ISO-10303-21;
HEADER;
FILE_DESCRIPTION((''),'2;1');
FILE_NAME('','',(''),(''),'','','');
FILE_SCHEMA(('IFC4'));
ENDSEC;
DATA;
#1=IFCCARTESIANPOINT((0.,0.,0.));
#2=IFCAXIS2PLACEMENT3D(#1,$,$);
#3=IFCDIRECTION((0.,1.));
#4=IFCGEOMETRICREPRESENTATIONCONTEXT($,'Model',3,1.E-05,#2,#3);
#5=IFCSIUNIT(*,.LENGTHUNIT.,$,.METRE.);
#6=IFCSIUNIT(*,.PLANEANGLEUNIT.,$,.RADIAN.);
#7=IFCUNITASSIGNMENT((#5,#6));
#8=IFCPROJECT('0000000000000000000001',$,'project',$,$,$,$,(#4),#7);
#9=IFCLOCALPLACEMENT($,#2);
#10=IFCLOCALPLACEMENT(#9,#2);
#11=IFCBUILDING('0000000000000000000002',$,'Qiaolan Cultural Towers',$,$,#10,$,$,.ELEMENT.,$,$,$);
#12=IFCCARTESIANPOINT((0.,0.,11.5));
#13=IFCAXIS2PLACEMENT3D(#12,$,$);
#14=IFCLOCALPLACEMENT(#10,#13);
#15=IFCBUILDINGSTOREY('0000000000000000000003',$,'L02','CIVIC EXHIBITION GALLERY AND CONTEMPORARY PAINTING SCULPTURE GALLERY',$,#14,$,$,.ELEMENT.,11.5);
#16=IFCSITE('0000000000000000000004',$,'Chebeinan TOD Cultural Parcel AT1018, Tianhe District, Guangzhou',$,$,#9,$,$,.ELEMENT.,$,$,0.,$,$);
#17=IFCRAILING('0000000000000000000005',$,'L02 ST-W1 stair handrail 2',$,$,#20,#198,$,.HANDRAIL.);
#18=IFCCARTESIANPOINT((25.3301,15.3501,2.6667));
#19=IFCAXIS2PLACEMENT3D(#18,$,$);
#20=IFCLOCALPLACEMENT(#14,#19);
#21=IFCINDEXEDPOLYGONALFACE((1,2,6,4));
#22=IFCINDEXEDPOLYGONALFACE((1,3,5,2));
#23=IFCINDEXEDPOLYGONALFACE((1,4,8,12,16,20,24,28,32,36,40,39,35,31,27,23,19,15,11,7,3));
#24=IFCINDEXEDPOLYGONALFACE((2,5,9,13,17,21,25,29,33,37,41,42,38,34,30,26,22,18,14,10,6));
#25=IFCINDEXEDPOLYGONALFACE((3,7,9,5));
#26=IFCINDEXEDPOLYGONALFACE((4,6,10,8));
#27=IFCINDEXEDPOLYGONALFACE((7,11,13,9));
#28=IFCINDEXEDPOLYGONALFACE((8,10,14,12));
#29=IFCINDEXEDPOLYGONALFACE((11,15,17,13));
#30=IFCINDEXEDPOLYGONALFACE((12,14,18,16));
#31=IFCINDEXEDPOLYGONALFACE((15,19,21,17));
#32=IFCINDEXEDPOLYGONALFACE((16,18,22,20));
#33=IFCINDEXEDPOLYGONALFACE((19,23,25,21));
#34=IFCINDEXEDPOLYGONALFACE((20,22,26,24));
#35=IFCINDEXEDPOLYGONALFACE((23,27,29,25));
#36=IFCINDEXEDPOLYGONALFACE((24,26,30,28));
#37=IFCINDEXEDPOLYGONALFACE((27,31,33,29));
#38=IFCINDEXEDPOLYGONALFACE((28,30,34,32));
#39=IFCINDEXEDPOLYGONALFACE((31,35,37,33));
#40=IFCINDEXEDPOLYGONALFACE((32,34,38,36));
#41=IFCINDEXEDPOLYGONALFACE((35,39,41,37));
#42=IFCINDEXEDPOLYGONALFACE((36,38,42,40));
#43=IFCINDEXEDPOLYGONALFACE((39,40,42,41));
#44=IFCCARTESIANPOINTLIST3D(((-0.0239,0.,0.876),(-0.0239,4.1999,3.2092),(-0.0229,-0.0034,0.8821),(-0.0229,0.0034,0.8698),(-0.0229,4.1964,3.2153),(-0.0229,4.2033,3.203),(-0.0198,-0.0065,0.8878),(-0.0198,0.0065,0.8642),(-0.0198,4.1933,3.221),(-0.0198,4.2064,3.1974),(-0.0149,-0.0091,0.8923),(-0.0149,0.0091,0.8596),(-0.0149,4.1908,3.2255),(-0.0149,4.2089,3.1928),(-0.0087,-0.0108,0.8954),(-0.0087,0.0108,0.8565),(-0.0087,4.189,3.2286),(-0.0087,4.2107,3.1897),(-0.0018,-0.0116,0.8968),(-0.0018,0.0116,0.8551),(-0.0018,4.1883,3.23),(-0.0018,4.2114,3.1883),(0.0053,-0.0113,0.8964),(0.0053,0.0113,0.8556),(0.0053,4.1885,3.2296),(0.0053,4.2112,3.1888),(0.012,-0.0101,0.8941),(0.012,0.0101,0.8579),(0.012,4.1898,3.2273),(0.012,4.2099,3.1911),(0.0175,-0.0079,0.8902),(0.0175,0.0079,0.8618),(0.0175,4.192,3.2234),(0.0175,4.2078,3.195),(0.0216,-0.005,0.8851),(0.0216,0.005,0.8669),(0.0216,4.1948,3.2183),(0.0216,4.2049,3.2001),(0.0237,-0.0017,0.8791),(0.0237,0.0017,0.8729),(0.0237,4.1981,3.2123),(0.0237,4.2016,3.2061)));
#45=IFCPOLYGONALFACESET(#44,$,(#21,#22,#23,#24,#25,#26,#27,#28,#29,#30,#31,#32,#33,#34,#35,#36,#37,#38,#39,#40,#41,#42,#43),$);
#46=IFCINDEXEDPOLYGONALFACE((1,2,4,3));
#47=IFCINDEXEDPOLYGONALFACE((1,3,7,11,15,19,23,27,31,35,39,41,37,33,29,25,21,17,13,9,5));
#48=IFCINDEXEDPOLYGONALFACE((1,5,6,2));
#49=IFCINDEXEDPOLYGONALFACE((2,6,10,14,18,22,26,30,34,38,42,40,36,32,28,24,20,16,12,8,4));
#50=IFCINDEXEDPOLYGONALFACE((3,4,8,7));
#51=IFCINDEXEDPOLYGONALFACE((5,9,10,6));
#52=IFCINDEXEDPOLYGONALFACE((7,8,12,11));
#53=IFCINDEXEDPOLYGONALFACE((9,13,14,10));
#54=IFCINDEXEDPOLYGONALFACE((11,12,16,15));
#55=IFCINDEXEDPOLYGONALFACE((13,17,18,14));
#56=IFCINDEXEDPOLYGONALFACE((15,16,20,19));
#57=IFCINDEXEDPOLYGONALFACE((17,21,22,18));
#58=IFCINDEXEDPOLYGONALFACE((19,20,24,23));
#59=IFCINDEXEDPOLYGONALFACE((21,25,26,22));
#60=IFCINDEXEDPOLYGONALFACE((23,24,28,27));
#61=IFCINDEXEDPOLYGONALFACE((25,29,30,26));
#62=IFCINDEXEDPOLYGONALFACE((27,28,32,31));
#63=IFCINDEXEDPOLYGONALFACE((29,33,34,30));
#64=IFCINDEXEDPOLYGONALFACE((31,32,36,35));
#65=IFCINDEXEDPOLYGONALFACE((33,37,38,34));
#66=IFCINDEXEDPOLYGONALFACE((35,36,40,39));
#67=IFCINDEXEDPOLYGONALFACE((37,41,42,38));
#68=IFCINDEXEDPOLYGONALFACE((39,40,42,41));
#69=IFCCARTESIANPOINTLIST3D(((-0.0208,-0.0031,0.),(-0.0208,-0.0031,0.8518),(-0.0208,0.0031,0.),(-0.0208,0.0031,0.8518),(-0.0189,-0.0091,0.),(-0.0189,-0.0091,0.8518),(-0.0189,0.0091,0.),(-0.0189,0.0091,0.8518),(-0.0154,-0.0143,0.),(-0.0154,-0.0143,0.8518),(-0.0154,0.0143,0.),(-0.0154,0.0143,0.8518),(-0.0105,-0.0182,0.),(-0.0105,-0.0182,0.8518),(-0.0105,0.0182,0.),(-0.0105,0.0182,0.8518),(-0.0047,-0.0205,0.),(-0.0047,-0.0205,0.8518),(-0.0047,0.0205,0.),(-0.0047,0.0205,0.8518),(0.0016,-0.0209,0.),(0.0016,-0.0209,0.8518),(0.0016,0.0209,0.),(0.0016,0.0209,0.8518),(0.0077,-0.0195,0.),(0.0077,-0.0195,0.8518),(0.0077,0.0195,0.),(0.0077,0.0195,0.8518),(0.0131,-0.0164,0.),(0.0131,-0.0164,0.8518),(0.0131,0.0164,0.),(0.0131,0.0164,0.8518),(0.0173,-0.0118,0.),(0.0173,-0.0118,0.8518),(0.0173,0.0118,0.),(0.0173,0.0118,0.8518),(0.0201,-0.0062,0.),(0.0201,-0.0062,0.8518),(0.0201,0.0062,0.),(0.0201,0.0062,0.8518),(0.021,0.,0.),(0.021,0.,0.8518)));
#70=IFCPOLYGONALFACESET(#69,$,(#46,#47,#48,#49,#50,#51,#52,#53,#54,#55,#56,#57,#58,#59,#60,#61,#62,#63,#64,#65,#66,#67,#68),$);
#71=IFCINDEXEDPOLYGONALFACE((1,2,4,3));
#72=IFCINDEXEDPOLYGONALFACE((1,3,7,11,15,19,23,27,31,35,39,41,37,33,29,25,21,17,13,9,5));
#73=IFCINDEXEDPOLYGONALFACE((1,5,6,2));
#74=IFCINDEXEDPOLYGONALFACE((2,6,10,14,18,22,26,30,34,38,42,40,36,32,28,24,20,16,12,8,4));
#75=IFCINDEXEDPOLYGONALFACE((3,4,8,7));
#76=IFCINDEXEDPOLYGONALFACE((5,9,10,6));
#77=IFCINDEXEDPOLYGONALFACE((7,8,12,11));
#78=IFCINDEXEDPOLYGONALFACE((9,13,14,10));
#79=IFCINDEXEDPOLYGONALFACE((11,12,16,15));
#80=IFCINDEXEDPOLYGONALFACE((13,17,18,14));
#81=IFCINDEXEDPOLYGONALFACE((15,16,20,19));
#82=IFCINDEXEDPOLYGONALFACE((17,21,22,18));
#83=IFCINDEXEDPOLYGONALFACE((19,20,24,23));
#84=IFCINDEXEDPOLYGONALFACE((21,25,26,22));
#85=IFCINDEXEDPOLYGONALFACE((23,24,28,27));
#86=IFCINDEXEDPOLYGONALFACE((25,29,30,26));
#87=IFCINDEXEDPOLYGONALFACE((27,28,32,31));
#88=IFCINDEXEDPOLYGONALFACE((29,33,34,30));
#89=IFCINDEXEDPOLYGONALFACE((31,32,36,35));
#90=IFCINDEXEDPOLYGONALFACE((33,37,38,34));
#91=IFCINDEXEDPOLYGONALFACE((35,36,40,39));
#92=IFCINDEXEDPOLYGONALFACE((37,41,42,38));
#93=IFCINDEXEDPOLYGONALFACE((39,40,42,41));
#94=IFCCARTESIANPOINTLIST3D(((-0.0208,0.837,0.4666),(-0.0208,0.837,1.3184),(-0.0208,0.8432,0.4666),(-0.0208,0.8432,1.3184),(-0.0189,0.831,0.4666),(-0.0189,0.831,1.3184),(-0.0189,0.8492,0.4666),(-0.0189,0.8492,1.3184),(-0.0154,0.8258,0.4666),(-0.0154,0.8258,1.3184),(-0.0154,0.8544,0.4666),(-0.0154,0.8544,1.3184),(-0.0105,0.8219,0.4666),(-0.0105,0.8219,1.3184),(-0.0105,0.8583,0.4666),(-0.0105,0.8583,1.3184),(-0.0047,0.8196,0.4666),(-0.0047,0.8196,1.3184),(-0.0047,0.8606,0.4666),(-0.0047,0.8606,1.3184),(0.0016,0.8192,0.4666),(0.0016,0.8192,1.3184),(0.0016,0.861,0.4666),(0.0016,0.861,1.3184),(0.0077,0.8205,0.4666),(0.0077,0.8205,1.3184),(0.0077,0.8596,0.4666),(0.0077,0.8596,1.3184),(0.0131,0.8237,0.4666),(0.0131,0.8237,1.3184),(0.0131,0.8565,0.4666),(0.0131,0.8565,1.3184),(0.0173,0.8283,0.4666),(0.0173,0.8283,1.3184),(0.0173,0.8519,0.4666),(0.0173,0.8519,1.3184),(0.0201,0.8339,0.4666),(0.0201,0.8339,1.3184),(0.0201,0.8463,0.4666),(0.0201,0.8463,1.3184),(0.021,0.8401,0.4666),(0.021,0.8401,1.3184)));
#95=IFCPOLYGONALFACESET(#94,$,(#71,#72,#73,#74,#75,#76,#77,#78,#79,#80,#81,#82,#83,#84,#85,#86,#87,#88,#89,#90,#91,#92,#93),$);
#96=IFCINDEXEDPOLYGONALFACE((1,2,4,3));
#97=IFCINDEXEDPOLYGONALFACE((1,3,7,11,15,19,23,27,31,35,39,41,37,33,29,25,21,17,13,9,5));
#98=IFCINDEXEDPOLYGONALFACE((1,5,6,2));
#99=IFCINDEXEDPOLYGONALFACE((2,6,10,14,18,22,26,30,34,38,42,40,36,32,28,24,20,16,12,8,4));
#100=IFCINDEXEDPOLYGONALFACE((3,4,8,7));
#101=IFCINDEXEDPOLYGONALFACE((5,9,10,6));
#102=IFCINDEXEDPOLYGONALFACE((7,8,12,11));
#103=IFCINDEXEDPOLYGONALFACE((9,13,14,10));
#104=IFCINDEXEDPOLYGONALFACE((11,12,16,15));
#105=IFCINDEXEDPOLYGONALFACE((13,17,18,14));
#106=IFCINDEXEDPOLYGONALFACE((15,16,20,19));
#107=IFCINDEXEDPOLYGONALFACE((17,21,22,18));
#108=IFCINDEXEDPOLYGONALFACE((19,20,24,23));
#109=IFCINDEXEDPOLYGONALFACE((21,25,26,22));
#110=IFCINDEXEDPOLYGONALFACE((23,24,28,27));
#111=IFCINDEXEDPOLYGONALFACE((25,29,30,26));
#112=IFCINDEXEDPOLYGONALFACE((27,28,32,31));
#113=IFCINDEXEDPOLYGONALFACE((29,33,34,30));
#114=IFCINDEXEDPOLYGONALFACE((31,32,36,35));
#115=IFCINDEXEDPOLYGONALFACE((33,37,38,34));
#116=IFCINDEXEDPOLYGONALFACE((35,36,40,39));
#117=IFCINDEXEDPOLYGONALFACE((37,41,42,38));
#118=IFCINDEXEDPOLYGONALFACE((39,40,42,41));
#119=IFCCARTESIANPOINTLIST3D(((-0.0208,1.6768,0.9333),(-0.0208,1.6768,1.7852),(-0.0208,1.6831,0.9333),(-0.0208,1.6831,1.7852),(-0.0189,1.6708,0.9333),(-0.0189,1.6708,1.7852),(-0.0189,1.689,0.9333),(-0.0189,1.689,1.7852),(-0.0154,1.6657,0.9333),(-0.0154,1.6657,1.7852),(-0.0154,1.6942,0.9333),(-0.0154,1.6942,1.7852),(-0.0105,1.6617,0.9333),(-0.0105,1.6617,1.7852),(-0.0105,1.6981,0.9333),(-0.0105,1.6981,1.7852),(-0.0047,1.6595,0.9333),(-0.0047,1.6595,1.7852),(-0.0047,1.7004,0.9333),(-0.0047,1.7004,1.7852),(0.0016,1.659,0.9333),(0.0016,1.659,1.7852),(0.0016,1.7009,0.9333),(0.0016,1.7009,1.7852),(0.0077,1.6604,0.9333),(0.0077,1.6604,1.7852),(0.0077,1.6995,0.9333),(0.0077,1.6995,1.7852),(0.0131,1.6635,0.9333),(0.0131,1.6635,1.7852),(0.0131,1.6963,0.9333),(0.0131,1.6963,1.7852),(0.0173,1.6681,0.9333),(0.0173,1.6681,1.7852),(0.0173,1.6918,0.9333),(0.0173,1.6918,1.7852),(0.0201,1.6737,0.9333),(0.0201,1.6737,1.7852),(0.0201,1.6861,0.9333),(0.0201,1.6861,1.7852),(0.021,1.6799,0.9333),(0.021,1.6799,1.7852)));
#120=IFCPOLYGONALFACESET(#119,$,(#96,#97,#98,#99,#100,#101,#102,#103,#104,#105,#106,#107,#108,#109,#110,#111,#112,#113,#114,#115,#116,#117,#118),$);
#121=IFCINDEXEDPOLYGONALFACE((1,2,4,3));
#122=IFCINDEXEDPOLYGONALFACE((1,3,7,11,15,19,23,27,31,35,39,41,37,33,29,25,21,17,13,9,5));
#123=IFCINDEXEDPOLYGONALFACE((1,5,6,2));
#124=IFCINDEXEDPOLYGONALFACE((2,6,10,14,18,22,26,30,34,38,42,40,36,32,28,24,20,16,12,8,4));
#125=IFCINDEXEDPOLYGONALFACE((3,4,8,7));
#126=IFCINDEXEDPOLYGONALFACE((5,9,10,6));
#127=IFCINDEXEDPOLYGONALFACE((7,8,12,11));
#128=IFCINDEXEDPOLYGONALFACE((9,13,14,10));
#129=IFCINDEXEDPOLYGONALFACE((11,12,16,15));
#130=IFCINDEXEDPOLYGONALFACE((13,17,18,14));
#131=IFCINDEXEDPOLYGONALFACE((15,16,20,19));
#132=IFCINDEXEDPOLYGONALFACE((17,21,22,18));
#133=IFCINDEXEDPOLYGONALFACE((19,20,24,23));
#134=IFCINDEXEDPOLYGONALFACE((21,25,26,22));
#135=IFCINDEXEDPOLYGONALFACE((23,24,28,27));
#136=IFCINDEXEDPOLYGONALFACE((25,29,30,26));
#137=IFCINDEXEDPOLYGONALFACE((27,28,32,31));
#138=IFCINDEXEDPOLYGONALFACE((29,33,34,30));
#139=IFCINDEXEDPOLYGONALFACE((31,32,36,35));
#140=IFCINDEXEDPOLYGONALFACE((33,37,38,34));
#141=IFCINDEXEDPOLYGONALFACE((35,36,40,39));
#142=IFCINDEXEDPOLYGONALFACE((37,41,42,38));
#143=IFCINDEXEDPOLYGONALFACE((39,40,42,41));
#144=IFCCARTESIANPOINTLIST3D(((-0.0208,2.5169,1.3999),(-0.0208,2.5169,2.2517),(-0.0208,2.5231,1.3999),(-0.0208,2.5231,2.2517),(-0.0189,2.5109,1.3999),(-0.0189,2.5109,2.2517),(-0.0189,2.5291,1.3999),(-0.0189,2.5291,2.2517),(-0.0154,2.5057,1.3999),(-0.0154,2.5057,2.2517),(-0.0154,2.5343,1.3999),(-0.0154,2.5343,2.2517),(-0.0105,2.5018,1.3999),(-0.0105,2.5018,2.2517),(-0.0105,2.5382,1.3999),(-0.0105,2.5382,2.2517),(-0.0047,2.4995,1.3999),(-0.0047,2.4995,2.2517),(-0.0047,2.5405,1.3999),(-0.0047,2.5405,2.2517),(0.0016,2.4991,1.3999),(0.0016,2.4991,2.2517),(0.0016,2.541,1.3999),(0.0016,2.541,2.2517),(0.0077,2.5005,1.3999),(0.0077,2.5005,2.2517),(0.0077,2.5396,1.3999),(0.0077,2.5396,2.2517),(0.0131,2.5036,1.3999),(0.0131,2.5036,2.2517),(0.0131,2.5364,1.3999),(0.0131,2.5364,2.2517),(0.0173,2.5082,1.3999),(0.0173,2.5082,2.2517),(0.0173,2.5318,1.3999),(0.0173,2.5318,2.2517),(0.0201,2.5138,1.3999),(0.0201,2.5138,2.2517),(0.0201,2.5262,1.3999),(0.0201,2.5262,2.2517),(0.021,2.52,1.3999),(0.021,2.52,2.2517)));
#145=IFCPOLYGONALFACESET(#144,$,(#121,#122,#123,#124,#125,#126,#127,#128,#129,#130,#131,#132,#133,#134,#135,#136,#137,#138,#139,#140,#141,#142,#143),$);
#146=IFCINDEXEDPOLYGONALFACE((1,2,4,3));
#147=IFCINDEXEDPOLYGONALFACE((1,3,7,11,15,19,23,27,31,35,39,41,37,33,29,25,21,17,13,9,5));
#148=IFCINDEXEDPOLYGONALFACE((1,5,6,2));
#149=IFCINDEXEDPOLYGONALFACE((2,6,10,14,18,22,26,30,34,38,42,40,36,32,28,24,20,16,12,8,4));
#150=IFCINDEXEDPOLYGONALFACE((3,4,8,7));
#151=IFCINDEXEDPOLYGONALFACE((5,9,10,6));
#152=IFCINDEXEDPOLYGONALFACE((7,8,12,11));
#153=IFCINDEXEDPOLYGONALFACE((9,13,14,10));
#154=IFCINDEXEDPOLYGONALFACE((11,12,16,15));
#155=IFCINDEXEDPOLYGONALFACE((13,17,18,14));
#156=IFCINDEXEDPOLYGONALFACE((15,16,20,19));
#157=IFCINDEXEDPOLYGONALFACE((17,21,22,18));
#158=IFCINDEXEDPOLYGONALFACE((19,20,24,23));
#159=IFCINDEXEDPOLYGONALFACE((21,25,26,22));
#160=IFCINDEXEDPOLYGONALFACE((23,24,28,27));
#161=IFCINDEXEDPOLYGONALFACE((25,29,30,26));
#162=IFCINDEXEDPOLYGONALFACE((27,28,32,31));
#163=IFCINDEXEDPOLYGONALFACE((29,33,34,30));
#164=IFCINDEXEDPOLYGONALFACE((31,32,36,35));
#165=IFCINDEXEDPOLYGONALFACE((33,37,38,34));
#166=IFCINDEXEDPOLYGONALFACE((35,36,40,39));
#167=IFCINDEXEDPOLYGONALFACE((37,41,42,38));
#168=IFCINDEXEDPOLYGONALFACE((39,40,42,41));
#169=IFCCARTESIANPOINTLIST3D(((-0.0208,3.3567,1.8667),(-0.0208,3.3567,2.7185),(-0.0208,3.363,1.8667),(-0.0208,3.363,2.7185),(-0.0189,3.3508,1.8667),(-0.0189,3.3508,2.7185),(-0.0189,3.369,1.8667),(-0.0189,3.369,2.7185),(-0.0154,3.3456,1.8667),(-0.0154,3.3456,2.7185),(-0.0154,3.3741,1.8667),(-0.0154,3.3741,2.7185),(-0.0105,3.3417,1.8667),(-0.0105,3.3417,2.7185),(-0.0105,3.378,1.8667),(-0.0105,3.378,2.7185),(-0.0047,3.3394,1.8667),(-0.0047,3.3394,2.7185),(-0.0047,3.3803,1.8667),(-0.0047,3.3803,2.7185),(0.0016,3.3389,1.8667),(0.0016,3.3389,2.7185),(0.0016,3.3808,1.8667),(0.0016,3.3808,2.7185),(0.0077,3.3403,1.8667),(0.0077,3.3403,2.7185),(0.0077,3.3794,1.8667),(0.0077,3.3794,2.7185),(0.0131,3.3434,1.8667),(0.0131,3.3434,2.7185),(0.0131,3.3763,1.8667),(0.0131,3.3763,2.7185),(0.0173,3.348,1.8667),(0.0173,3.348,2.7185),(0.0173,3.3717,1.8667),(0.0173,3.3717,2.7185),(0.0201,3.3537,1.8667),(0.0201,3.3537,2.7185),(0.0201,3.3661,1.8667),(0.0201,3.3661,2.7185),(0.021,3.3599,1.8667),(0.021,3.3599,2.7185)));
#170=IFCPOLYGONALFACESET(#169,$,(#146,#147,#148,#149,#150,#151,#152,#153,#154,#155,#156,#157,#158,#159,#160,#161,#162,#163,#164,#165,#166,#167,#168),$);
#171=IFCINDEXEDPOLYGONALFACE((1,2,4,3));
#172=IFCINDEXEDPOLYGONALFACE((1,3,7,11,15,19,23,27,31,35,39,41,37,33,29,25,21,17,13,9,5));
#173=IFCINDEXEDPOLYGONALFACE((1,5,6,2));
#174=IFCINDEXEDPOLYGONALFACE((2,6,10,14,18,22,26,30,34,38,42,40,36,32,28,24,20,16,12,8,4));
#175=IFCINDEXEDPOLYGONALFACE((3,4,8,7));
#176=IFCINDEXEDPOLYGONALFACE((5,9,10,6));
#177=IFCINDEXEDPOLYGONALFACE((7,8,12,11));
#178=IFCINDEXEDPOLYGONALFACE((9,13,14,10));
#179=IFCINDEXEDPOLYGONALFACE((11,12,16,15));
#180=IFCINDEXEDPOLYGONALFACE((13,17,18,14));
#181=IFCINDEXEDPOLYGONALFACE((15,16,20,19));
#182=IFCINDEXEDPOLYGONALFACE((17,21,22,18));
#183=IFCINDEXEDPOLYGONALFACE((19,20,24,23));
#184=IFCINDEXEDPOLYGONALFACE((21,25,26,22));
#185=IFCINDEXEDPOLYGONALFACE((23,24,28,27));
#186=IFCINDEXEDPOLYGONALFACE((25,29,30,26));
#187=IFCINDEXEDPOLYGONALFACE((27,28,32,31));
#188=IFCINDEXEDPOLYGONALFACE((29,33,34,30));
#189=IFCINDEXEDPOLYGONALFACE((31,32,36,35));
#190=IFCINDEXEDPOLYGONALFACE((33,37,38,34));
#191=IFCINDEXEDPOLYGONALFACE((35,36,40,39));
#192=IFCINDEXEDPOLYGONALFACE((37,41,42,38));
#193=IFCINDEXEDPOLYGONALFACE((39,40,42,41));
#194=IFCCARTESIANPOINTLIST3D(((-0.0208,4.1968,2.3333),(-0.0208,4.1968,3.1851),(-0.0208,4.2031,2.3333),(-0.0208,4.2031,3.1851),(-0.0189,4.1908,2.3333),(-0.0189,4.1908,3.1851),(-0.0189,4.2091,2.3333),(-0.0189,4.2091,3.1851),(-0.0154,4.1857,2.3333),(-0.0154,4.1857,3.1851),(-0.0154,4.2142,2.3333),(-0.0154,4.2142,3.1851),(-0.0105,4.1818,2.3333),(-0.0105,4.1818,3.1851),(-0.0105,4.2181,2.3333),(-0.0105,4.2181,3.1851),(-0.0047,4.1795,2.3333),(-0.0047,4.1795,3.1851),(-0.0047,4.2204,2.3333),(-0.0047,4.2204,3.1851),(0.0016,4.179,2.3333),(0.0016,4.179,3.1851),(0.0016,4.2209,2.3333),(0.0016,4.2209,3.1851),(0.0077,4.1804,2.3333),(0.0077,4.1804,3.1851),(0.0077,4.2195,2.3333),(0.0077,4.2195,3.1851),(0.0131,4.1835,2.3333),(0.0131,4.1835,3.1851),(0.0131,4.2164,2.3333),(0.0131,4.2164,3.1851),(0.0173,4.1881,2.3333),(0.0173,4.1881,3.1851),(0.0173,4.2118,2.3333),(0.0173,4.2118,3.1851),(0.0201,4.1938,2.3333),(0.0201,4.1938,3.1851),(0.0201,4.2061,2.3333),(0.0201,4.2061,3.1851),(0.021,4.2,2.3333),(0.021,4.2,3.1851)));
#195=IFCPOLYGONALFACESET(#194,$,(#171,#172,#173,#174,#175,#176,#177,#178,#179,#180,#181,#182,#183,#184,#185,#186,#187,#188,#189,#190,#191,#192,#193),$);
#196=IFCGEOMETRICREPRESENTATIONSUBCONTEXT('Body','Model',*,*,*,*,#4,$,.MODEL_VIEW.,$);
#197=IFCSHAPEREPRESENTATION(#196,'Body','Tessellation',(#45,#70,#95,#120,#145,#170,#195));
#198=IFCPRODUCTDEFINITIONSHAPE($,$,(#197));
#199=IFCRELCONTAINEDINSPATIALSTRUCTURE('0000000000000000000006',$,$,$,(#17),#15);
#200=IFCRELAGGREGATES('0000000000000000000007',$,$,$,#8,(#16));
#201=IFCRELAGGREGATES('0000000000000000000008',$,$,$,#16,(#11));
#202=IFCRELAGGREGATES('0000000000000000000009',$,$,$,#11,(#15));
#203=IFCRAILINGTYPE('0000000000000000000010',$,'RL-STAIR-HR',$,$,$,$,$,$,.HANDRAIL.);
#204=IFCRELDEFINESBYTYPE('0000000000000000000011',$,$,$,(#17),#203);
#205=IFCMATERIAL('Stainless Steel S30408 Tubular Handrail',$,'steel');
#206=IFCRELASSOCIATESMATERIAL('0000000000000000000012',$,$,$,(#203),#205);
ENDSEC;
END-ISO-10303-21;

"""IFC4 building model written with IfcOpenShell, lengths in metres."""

from ifc_helpers import new_model, si_unit, direction, frame, origin, origin_2d, place, context, subcontext, project, spatial, circle, extrude, material, type_object, element, save


model = new_model("IFC4")

# Units and contexts
model_context = context("Model", 3, precision=1e-05, world=origin(), true_north=direction((0.0, 1.0)))
body_context = subcontext(model_context, "Body", "Model", "MODEL_VIEW")
ifc_project = project(units=[si_unit("LENGTHUNIT", "METRE"), si_unit("PLANEANGLEUNIT", "RADIAN")], contexts=[model_context])

# Site, building, storey
site_placement = place(None, origin())
site = spatial("IfcSite", under=ifc_project, at=site_placement, Name="Chebeinan TOD Cultural Parcel AT1018, Tianhe District, Guangzhou", CompositionType="ELEMENT", RefElevation=0.0)
building_placement = place(site_placement, origin())
building = spatial("IfcBuilding", under=site, at=building_placement, Name="Qiaolan Cultural Towers", CompositionType="ELEMENT")
storey_placement = place(building_placement, frame((0.0, 0.0, 11.5)))
storey = spatial("IfcBuildingStorey", under=building, at=storey_placement, Name="L02", Description="CIVIC EXHIBITION GALLERY AND CONTEMPORARY PAINTING SCULPTURE GALLERY", CompositionType="ELEMENT", Elevation=11.5)

# Railing
ifc_material_1 = material(Name="Stainless Steel S30408 Tubular Handrail", Category="steel")
railing_type_1 = type_object("IfcRailingType", Name="RL-STAIR-HR", PredefinedType="HANDRAIL", material=ifc_material_1)
railing_1_placement = place(storey_placement, frame((25.3301, 15.3501, 2.6667)))
element("IfcRailing", 1, at=railing_1_placement, inside=storey, type_object=railing_type_1, Name="L02 ST-W1 stair handrail 2", PredefinedType="HANDRAIL", context=body_context, shape_type="SweptSolid", body=[
    extrude(circle(Radius=0.0239, at=origin_2d()), frame((0.0, 0.0, 0.876), z_axis=(0.0, 0.874162, 0.485634), x_axis=(-1.0, 0.0, 0.0)), (0.0, 0.0, 1.0), 4.8044),
    extrude(circle(Radius=0.021, at=origin_2d()), origin(), (0.0, 0.0, 1.0), 0.8518),
    extrude(circle(Radius=0.021, at=origin_2d()), frame((0.0, 0.8401, 0.4666)), (0.0, 0.0, 1.0), 0.8518),
    extrude(circle(Radius=0.021, at=origin_2d()), frame((0.0, 1.6799, 0.9333)), (0.0, 0.0, 1.0), 0.8518),
    extrude(circle(Radius=0.021, at=origin_2d()), frame((0.0, 2.52, 1.3999)), (0.0, 0.0, 1.0), 0.8518),
    extrude(circle(Radius=0.021, at=origin_2d()), frame((0.0, 3.3599, 1.8667)), (0.0, 0.0, 1.0), 0.8518),
    extrude(circle(Radius=0.021, at=origin_2d()), frame((0.0, 4.2, 2.3333)), (0.0, 0.0, 1.0), 0.8518),
])

save(model, "model.ifc")
